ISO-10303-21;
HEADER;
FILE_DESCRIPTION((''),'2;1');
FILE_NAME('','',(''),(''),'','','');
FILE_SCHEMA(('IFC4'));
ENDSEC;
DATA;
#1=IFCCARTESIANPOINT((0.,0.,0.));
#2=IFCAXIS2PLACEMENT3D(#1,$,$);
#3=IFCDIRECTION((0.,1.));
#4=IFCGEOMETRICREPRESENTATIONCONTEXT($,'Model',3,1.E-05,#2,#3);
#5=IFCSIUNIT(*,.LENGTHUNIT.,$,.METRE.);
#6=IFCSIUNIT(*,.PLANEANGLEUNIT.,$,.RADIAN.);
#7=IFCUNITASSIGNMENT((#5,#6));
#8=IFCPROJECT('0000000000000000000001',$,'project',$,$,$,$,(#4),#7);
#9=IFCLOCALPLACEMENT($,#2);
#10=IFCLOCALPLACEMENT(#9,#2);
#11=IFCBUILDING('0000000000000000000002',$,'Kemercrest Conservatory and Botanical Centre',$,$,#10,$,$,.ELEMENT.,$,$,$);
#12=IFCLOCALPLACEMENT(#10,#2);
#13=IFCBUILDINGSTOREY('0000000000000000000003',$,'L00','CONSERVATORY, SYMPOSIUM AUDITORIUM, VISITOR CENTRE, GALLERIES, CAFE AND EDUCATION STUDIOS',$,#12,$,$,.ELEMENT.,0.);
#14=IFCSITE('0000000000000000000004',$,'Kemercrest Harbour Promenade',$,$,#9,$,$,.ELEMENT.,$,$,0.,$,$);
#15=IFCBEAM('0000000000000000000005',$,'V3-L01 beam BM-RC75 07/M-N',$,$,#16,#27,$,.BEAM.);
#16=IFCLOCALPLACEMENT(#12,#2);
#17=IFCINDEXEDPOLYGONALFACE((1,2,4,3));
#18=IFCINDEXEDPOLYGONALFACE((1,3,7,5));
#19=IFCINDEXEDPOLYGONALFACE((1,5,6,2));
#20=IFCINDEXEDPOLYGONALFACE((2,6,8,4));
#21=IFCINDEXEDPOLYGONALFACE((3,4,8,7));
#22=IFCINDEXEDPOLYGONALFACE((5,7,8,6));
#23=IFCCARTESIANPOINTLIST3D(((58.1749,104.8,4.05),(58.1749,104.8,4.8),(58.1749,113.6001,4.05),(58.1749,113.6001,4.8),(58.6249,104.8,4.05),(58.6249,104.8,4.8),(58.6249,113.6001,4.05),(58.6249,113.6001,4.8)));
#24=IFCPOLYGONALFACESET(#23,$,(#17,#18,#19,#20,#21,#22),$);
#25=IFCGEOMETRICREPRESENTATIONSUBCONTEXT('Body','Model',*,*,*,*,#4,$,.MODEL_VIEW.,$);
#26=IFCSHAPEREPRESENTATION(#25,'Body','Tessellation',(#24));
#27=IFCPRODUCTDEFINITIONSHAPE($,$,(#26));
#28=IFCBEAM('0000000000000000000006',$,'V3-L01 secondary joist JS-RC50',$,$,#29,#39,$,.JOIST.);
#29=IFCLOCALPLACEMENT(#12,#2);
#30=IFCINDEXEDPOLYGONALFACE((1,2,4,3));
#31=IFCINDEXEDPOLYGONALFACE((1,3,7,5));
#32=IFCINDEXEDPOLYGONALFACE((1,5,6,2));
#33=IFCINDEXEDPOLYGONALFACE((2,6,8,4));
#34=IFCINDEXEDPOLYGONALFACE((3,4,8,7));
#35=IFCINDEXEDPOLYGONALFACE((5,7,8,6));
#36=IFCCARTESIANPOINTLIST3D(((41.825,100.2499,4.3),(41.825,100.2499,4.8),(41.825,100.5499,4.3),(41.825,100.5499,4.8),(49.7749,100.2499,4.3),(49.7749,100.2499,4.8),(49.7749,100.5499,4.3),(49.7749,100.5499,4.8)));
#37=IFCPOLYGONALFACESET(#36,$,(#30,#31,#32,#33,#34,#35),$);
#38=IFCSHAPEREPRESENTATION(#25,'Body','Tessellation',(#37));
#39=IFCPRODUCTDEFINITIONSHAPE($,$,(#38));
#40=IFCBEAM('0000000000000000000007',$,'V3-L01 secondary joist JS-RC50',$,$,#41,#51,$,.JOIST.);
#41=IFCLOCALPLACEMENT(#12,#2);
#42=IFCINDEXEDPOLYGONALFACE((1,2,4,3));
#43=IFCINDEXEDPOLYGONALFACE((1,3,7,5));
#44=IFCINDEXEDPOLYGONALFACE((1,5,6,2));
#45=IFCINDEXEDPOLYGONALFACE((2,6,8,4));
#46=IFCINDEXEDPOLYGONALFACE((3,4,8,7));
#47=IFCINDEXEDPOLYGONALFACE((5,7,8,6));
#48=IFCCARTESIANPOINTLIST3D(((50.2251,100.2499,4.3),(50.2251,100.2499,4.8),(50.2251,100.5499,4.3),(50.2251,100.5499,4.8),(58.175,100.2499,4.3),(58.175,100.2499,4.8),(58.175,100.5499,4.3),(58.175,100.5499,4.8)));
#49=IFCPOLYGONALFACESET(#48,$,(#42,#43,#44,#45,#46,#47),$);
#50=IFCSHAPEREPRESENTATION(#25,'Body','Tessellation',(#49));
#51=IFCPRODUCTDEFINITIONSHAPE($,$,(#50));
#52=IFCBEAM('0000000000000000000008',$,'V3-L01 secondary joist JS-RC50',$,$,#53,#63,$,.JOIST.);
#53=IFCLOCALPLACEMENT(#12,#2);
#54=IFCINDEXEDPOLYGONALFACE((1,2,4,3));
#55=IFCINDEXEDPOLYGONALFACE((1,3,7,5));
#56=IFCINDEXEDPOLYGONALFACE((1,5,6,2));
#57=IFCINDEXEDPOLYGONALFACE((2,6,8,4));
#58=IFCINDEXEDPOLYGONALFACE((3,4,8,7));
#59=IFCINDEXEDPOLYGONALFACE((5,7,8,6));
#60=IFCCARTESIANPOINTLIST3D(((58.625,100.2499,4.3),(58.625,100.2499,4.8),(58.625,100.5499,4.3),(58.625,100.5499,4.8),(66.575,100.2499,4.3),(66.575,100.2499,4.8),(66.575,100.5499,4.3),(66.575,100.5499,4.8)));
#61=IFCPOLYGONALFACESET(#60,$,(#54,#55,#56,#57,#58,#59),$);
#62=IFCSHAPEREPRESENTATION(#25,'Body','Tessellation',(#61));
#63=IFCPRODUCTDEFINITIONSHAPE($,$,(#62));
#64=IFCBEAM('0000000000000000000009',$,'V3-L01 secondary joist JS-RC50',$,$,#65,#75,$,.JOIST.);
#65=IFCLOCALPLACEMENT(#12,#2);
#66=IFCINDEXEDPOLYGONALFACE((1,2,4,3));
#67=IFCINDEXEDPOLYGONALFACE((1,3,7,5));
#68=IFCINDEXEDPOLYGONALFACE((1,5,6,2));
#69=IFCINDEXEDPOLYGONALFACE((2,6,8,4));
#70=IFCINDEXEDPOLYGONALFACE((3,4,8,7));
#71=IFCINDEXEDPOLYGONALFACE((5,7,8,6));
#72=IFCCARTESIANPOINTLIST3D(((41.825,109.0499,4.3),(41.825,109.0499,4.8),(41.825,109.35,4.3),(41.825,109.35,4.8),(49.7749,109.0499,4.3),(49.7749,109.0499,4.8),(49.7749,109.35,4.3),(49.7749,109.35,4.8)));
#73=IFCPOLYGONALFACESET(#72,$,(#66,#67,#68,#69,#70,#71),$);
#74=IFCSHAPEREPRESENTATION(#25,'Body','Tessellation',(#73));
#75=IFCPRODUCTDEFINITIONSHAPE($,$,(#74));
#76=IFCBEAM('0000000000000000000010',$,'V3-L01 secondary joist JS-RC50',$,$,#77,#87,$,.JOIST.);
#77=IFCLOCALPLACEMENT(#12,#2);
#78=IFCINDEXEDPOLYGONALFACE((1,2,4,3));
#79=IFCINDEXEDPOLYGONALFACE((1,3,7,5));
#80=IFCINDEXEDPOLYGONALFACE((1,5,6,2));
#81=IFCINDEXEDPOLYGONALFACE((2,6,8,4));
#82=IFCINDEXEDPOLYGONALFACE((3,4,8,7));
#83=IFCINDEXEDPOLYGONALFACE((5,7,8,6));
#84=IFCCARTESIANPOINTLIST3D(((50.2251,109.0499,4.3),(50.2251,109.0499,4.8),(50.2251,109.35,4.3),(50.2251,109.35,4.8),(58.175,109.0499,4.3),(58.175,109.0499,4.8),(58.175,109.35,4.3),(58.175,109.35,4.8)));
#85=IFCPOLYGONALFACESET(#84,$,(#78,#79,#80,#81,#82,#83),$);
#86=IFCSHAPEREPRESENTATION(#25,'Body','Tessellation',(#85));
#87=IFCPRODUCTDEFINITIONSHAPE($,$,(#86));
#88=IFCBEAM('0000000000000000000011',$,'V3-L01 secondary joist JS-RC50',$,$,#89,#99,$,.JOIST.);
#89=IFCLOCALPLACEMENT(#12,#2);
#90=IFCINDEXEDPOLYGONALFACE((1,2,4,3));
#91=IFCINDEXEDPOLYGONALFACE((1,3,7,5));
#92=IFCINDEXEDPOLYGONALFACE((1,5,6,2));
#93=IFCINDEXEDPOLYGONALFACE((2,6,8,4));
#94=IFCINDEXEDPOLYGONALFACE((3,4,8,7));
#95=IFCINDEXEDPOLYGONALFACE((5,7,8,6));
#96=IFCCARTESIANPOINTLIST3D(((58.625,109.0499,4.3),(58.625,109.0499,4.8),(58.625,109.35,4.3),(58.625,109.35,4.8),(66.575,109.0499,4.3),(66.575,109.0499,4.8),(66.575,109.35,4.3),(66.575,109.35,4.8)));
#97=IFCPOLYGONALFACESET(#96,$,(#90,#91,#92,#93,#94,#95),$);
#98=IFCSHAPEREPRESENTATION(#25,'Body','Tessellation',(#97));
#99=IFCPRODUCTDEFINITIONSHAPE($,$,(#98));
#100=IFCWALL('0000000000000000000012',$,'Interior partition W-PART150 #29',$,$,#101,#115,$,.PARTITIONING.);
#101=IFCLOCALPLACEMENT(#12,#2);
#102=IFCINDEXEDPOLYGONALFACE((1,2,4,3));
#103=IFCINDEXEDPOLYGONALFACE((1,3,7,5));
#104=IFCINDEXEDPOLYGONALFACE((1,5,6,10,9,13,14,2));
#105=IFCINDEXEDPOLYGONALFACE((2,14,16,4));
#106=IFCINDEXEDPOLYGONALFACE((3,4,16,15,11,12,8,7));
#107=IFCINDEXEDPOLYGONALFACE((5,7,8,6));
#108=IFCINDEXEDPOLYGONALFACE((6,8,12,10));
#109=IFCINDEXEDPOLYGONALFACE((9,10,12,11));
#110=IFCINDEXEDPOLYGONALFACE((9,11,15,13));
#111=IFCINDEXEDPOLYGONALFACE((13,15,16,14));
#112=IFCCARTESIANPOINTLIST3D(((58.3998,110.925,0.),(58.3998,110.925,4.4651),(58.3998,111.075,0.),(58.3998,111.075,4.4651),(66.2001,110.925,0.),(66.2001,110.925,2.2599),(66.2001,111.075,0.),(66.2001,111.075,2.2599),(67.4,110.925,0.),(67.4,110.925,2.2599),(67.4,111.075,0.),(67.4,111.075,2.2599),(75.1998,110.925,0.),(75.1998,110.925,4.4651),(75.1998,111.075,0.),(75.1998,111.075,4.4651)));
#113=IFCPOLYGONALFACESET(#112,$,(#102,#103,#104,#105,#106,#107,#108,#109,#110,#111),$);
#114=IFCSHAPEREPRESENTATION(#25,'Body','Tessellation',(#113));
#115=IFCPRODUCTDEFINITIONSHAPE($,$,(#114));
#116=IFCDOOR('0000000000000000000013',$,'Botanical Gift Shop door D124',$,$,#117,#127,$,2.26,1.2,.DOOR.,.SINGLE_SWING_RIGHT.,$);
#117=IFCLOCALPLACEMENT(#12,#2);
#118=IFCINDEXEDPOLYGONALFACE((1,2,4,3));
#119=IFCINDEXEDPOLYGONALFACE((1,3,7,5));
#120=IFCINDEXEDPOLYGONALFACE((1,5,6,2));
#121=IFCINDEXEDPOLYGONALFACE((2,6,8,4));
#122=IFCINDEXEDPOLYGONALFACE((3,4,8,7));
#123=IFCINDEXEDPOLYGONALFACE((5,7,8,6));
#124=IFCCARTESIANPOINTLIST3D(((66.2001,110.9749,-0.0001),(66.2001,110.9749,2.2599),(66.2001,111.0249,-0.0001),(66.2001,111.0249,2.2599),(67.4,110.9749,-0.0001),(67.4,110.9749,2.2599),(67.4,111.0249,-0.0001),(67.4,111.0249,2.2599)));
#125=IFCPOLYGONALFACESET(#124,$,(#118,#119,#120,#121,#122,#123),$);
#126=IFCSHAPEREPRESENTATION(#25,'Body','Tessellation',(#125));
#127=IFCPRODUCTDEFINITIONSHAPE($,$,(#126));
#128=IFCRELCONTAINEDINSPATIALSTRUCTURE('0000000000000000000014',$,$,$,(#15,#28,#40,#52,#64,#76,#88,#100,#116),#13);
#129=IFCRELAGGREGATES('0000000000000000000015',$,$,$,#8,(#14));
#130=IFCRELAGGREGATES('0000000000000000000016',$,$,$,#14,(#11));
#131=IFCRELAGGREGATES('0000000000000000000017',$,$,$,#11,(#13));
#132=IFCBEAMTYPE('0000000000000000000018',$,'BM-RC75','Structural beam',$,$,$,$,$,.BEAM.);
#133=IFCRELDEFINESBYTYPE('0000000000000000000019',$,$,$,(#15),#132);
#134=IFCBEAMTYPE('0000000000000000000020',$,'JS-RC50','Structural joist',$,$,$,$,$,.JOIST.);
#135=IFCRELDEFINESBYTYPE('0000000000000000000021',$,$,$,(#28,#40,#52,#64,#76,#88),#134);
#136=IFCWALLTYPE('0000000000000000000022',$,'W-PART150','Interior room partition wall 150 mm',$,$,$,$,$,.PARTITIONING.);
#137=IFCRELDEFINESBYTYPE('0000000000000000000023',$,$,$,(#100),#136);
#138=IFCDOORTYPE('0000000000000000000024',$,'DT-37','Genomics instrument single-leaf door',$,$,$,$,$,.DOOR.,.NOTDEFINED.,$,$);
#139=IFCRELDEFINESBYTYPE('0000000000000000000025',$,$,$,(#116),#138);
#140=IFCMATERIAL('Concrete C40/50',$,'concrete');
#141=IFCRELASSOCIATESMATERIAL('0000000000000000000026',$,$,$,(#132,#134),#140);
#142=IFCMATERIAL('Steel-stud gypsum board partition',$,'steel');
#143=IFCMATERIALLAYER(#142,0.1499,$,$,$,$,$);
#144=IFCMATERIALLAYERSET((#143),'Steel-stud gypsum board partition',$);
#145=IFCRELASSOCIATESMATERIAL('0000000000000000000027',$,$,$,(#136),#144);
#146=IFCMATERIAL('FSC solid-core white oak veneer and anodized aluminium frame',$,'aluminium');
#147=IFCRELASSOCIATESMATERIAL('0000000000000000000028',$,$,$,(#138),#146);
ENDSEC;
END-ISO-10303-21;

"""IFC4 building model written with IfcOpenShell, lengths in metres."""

from ifc_helpers import new_model, si_unit, direction, frame, frame_2d, origin, origin_2d, place, context, subcontext, project, spatial, rectangle, extrude, material, layer, layer_set, material_profile, profile_set, type_object, element, fill, save


model = new_model("IFC4")

# Units and contexts
model_context = context("Model", 3, precision=1e-05, world=origin(), true_north=direction((0.0, 1.0)))
body_context = subcontext(model_context, "Body", "Model", "MODEL_VIEW")
ifc_project = project(units=[si_unit("LENGTHUNIT", "METRE"), si_unit("PLANEANGLEUNIT", "RADIAN")], contexts=[model_context])

# Site, building, storey
site_placement = place(None, origin())
site = spatial("IfcSite", under=ifc_project, at=site_placement, Name="Kemercrest Harbour Promenade", CompositionType="ELEMENT", RefElevation=0.0)
building_placement = place(site_placement, origin())
building = spatial("IfcBuilding", under=site, at=building_placement, Name="Kemercrest Conservatory and Botanical Centre", CompositionType="ELEMENT")
storey_placement = place(building_placement, origin())
storey = spatial("IfcBuildingStorey", under=building, at=storey_placement, Name="L00", Description="CONSERVATORY, SYMPOSIUM AUDITORIUM, VISITOR CENTRE, GALLERIES, CAFE AND EDUCATION STUDIOS", CompositionType="ELEMENT", Elevation=0.0)

# Shared definitions
ifc_material_1 = material(Name="Concrete C40/50", Category="concrete")

# Beams
ifc_material_profile_1 = material_profile(ifc_material_1, rectangle(XDim=0.45, YDim=0.75, at=origin_2d()), Name="RC 450x750")
ifc_profile_set_1 = profile_set([ifc_material_profile_1], Name="Concrete C40/50")
beam_type_1 = type_object("IfcBeamType", Name="BM-RC75", Description="Structural beam", PredefinedType="BEAM", material=ifc_profile_set_1)
for number, where, z_axis, x_axis, name in (
    (1, (58.3999, 104.8, 4.425), (0.0, 1.0, 0.0), (-1.0, 0.0, 0.0), "V3-L01 beam BM-RC75 07/M-N"),
):
    element("IfcBeam", number, at=place(storey_placement, frame(where, z_axis=z_axis, x_axis=x_axis)), inside=storey, type_object=beam_type_1, Name=name, PredefinedType="BEAM", context=body_context, shape_type="SweptSolid", body=[
        extrude(rectangle(XDim=0.45, YDim=0.75, at=origin_2d()), origin(), (0.0, 0.0, 1.0), 8.8),
    ])
ifc_material_profile_2 = material_profile(ifc_material_1, rectangle(XDim=0.3, YDim=0.5, at=origin_2d()), Name="RC 300x500")
ifc_profile_set_2 = profile_set([ifc_material_profile_2], Name="Concrete C40/50")
beam_type_2 = type_object("IfcBeamType", Name="JS-RC50", Description="Structural joist", PredefinedType="JOIST", material=ifc_profile_set_2)
for number, where, z_axis, x_axis, name in (
    (2, (41.825, 100.3999, 4.55), (1.0, 0.0, 0.0), (0.0, 1.0, 0.0), "V3-L01 secondary joist JS-RC50"),
    (3, (50.2251, 100.3999, 4.55), (1.0, 0.0, 0.0), (0.0, 1.0, 0.0), "V3-L01 secondary joist JS-RC50"),
    (4, (58.625, 100.3999, 4.55), (1.0, 0.0, 0.0), (0.0, 1.0, 0.0), "V3-L01 secondary joist JS-RC50"),
    (5, (41.825, 109.2, 4.55), (1.0, 0.0, 0.0), (0.0, 1.0, 0.0), "V3-L01 secondary joist JS-RC50"),
    (6, (50.2251, 109.2, 4.55), (1.0, 0.0, 0.0), (0.0, 1.0, 0.0), "V3-L01 secondary joist JS-RC50"),
    (7, (58.625, 109.2, 4.55), (1.0, 0.0, 0.0), (0.0, 1.0, 0.0), "V3-L01 secondary joist JS-RC50"),
):
    element("IfcBeam", number, at=place(storey_placement, frame(where, z_axis=z_axis, x_axis=x_axis)), inside=storey, type_object=beam_type_2, Name=name, PredefinedType="JOIST", context=body_context, shape_type="SweptSolid", body=[
        extrude(rectangle(XDim=0.3, YDim=0.5, at=origin_2d()), origin(), (0.0, 0.0, 1.0), 7.95),
    ])

# Wall, opening, door
ifc_material_2 = material(Name="Steel-stud gypsum board partition", Category="steel")
ifc_layer = layer(ifc_material_2, 0.1499)
ifc_layer_set = layer_set([ifc_layer], Name="Steel-stud gypsum board partition")
wall_type = type_object("IfcWallType", Name="W-PART150", Description="Interior room partition wall 150 mm", PredefinedType="PARTITIONING", material=ifc_layer_set)
wall_placement = place(storey_placement, frame((58.3999, 111.0, 0.0), z_axis=(0.0, 0.0, 1.0), x_axis=(1.0, 0.0, 0.0)))
wall = element("IfcWall", 8, at=wall_placement, inside=storey, type_object=wall_type, Name="Interior partition W-PART150 #29", PredefinedType="PARTITIONING", context=body_context, shape_type="SweptSolid", body=[
    extrude(rectangle(XDim=16.8, YDim=0.1499, at=frame_2d((8.3999, 0.0))), origin(), (0.0, 0.0, 1.0), 4.4651),
])
opening_placement = place(wall_placement, frame((7.8, 0.0, 0.0)))
opening = element("IfcOpeningElement", 9, at=opening_placement, cuts=wall, PredefinedType="OPENING", context=body_context, shape_type="SweptSolid", body=[
    extrude(rectangle(XDim=1.2, YDim=2.26, at=frame_2d((0.6001, 1.1299))), frame((0.0, 0.085, 0.0), z_axis=(0.0, -1.0, 0.0), x_axis=(1.0, 0.0, 0.0)), (0.0, 0.0, 1.0), 0.1699),
])
ifc_material_3 = material(Name="FSC solid-core white oak veneer and anodized aluminium frame", Category="aluminium")
door_type = type_object("IfcDoorType", Name="DT-37", Description="Genomics instrument single-leaf door", OperationType="NOTDEFINED", PredefinedType="DOOR", material=ifc_material_3)
door_placement = place(opening_placement, origin())
door = element("IfcDoor", 10, at=door_placement, inside=storey, type_object=door_type, Name="Botanical Gift Shop door D124", OperationType="SINGLE_SWING_RIGHT", OverallHeight=2.26, OverallWidth=1.2, PredefinedType="DOOR", context=body_context, shape_type="SweptSolid", body=[
    extrude(rectangle(XDim=1.2, YDim=2.26, at=frame_2d((0.6001, 1.1299))), frame((0.0, 0.0249, 0.0), z_axis=(0.0, -1.0, 0.0), x_axis=(1.0, 0.0, 0.0)), (0.0, 0.0, 1.0), 0.05),
])
fill(opening, door)

save(model, "model.ifc")
